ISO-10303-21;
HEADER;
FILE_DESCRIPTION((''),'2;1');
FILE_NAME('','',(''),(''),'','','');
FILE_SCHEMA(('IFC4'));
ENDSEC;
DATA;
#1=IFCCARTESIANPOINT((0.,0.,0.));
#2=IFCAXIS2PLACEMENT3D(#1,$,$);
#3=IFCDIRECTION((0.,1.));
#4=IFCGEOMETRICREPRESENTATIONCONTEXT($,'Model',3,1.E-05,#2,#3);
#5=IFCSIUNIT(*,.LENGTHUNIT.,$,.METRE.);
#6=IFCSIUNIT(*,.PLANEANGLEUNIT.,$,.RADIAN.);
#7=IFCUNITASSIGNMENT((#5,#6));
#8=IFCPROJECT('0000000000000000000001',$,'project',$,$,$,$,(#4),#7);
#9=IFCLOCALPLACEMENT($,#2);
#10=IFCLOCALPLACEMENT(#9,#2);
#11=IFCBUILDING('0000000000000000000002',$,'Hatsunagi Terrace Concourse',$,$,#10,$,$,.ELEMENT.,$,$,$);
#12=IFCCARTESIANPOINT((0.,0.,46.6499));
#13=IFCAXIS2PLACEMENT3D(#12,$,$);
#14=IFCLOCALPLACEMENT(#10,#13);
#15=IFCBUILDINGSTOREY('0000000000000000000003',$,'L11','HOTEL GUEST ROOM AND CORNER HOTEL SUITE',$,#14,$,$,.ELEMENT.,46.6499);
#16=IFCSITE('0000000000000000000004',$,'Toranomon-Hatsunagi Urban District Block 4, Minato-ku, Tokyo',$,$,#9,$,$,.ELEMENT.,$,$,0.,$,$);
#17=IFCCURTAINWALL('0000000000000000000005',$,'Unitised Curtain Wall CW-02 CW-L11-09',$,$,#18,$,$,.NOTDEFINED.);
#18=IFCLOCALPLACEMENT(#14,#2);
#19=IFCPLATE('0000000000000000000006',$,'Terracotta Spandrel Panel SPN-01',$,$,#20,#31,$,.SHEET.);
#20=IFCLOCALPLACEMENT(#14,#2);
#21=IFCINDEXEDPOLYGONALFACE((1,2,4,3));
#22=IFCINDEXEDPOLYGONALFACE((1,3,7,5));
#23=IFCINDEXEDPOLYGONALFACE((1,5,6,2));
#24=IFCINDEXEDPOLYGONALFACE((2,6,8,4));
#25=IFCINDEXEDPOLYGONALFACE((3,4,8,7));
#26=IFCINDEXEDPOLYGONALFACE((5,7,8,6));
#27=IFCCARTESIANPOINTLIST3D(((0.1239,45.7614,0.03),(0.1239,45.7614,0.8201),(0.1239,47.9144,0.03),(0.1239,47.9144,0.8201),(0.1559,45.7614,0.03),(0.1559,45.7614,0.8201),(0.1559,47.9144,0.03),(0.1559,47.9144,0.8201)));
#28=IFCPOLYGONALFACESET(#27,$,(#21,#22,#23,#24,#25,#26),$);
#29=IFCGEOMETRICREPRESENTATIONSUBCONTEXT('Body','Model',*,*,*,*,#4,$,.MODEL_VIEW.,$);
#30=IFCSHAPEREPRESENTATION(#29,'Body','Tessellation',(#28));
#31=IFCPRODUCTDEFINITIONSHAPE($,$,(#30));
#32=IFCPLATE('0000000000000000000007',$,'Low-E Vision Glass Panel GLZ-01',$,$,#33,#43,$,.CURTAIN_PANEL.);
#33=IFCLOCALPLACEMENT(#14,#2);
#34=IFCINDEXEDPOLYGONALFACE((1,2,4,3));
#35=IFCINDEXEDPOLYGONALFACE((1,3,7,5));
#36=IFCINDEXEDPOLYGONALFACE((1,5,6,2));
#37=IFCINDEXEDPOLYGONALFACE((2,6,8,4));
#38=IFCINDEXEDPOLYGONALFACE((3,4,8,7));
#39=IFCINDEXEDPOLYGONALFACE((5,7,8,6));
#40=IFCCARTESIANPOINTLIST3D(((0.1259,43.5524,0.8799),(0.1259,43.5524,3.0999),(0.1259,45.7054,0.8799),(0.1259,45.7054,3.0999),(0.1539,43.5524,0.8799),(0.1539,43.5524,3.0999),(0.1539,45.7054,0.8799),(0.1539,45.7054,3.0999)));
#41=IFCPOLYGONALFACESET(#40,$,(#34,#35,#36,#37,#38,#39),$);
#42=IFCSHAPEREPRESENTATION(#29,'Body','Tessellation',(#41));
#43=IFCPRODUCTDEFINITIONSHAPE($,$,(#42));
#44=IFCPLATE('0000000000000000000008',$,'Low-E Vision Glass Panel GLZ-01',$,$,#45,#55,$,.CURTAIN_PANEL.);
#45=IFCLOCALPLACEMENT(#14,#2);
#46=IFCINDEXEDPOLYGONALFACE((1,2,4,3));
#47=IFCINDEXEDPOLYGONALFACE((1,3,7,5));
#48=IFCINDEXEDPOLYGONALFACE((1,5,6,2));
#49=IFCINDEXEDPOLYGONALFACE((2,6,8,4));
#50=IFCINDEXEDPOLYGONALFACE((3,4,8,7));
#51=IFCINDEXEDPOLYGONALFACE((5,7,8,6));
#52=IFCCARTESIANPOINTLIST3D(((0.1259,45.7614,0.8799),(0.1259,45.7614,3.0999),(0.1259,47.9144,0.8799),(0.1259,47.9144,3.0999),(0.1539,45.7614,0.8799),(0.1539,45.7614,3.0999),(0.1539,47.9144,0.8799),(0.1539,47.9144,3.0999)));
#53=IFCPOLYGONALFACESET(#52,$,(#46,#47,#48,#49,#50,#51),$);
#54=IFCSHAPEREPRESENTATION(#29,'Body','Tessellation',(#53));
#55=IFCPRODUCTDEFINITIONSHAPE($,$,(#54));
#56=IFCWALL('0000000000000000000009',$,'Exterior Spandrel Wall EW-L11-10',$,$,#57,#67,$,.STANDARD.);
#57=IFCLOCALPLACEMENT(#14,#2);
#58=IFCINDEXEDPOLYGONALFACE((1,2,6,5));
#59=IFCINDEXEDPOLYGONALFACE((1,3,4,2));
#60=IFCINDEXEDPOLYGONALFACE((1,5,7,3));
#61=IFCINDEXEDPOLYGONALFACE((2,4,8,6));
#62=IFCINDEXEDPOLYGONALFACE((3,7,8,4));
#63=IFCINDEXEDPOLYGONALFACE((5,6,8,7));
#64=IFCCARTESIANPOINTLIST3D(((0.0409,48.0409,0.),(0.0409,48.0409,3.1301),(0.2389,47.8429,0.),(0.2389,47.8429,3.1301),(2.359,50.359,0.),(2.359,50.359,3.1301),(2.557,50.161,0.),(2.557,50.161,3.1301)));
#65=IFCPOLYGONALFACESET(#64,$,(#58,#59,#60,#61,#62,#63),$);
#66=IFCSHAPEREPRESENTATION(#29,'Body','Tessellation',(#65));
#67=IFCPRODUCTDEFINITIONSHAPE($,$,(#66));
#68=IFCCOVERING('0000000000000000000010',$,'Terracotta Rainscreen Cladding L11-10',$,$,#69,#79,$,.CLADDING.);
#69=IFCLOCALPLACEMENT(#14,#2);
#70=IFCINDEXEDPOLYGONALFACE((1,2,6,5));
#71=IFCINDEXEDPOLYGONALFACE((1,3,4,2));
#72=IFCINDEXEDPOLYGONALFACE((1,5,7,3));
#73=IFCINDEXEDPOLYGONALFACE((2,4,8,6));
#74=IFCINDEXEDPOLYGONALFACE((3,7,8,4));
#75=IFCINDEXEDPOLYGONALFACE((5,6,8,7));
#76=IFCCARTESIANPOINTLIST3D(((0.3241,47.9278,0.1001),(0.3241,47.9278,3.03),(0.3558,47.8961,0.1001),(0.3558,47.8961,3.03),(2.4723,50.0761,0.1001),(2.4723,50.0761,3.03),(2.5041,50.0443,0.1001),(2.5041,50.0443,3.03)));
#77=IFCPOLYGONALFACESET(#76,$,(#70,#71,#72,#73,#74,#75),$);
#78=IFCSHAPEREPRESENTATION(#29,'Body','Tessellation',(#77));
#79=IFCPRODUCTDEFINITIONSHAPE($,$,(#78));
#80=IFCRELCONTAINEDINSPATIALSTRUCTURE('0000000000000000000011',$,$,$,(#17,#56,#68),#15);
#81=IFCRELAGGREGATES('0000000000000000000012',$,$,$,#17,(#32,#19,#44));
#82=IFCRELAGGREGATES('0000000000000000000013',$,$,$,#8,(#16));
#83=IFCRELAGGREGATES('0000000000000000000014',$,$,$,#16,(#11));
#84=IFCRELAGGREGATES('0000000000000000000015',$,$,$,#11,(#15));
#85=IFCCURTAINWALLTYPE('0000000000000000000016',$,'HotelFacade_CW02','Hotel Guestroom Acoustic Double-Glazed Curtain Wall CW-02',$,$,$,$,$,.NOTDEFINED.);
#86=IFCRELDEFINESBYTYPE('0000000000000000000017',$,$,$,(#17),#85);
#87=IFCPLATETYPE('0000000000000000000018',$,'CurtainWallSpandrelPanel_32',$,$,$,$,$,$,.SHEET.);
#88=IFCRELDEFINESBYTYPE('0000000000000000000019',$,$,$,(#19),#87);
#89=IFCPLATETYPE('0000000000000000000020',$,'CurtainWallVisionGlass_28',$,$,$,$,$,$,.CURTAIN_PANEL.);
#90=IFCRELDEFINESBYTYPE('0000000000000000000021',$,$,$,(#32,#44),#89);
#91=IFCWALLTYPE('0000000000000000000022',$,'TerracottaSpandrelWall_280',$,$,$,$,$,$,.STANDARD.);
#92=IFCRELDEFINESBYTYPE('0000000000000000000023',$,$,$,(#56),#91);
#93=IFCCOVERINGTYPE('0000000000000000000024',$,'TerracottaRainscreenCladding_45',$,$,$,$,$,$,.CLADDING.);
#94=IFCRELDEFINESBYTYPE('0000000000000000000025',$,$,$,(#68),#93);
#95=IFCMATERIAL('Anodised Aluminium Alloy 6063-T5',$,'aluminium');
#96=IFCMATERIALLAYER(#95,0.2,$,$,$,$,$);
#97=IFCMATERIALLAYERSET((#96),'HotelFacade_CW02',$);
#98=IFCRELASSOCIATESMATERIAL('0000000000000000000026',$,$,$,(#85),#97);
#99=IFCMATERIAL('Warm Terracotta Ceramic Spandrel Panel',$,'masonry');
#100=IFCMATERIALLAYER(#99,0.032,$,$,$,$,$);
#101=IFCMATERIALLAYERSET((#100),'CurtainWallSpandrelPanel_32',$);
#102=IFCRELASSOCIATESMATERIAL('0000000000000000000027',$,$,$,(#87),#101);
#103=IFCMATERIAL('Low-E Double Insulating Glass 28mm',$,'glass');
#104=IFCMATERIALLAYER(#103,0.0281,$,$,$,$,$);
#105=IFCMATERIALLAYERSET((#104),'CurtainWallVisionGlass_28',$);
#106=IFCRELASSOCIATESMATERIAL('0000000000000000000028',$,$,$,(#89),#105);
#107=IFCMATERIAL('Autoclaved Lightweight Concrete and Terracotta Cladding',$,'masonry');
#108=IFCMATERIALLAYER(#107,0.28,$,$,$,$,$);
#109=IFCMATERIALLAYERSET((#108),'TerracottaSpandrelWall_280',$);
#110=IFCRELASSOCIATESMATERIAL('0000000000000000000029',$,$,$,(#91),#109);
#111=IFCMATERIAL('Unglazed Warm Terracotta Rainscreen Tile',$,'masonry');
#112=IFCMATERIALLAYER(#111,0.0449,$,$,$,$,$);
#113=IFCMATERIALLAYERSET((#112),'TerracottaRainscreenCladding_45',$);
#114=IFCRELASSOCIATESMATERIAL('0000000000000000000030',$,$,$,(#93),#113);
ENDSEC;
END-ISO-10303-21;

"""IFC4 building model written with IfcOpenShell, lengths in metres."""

from ifc_helpers import new_model, si_unit, direction, frame, frame_2d, origin, origin_2d, place, context, subcontext, project, spatial, rectangle, extrude, material, layer, layer_set, type_object, element, aggregate, save


model = new_model("IFC4")

# Units and contexts
model_context = context("Model", 3, precision=1e-05, world=origin(), true_north=direction((0.0, 1.0)))
body_context = subcontext(model_context, "Body", "Model", "MODEL_VIEW")
ifc_project = project(units=[si_unit("LENGTHUNIT", "METRE"), si_unit("PLANEANGLEUNIT", "RADIAN")], contexts=[model_context])

# Site, building, storey
site_placement = place(None, origin())
site = spatial("IfcSite", under=ifc_project, at=site_placement, Name="Toranomon-Hatsunagi Urban District Block 4, Minato-ku, Tokyo", CompositionType="ELEMENT", RefElevation=0.0)
building_placement = place(site_placement, origin())
building = spatial("IfcBuilding", under=site, at=building_placement, Name="Hatsunagi Terrace Concourse", CompositionType="ELEMENT")
storey_placement = place(building_placement, frame((0.0, 0.0, 46.6499)))
storey = spatial("IfcBuildingStorey", under=building, at=storey_placement, Name="L11", Description="HOTEL GUEST ROOM AND CORNER HOTEL SUITE", CompositionType="ELEMENT", Elevation=46.6499)

# Curtain wall
ifc_material_1 = material(Name="Anodised Aluminium Alloy 6063-T5", Category="aluminium")
ifc_layer_1 = layer(ifc_material_1, 0.2)
ifc_layer_set_1 = layer_set([ifc_layer_1], Name="HotelFacade_CW02")
curtain_wall_type = type_object("IfcCurtainWallType", Name="HotelFacade_CW02", Description="Hotel Guestroom Acoustic Double-Glazed Curtain Wall CW-02", PredefinedType="NOTDEFINED", material=ifc_layer_set_1)
curtain_wall_placement = place(storey_placement, origin())
curtain_wall = element("IfcCurtainWall", 1, at=curtain_wall_placement, inside=storey, type_object=curtain_wall_type, Name="Unitised Curtain Wall CW-02 CW-L11-09", PredefinedType="NOTDEFINED")

# Plates
ifc_material_2 = material(Name="Warm Terracotta Ceramic Spandrel Panel", Category="masonry")
ifc_layer_2 = layer(ifc_material_2, 0.032)
ifc_layer_set_2 = layer_set([ifc_layer_2], Name="CurtainWallSpandrelPanel_32")
plate_type_1 = type_object("IfcPlateType", Name="CurtainWallSpandrelPanel_32", PredefinedType="SHEET", material=ifc_layer_set_2)
plate_1_placement = place(storey_placement, frame((0.1399, 46.8379, 0.03), z_axis=(0.0, 0.0, 1.0), x_axis=(0.0, 1.0, 0.0)))
plate_1 = element("IfcPlate", 2, at=plate_1_placement, type_object=plate_type_1, Name="Terracotta Spandrel Panel SPN-01", PredefinedType="SHEET", context=body_context, shape_type="SweptSolid", body=[
    extrude(rectangle(XDim=2.1531, YDim=0.032, at=origin_2d()), origin(), (0.0, 0.0, 1.0), 0.79),
])
ifc_material_3 = material(Name="Low-E Double Insulating Glass 28mm", Category="glass")
ifc_layer_3 = layer(ifc_material_3, 0.0281)
ifc_layer_set_3 = layer_set([ifc_layer_3], Name="CurtainWallVisionGlass_28")
plate_type_2 = type_object("IfcPlateType", Name="CurtainWallVisionGlass_28", PredefinedType="CURTAIN_PANEL", material=ifc_layer_set_3)
plate_2_placement = place(storey_placement, frame((0.1399, 44.6289, 0.8799), z_axis=(0.0, 0.0, 1.0), x_axis=(0.0, 1.0, 0.0)))
plate_2 = element("IfcPlate", 3, at=plate_2_placement, type_object=plate_type_2, Name="Low-E Vision Glass Panel GLZ-01", PredefinedType="CURTAIN_PANEL", context=body_context, shape_type="SweptSolid", body=[
    extrude(rectangle(XDim=2.1531, YDim=0.0281, at=origin_2d()), origin(), (0.0, 0.0, 1.0), 2.22),
])
plate_3_placement = place(storey_placement, frame((0.1399, 46.8379, 0.8799), z_axis=(0.0, 0.0, 1.0), x_axis=(0.0, 1.0, 0.0)))
plate_3 = element("IfcPlate", 4, at=plate_3_placement, type_object=plate_type_2, Name="Low-E Vision Glass Panel GLZ-01", PredefinedType="CURTAIN_PANEL", context=body_context, shape_type="SweptSolid", body=[
    extrude(rectangle(XDim=2.1531, YDim=0.0281, at=origin_2d()), origin(), (0.0, 0.0, 1.0), 2.22),
])
aggregate(curtain_wall, [plate_2, plate_1, plate_3])

# Wall
ifc_material_4 = material(Name="Autoclaved Lightweight Concrete and Terracotta Cladding", Category="masonry")
ifc_layer_4 = layer(ifc_material_4, 0.28)
ifc_layer_set_4 = layer_set([ifc_layer_4], Name="TerracottaSpandrelWall_280")
wall_type = type_object("IfcWallType", Name="TerracottaSpandrelWall_280", PredefinedType="STANDARD", material=ifc_layer_set_4)
wall_1_placement = place(storey_placement, frame((0.1399, 47.9419, 0.0), z_axis=(0.0, 0.0, 1.0), x_axis=(0.707107, 0.707107, 0.0)))
element("IfcWall", 5, at=wall_1_placement, inside=storey, type_object=wall_type, Name="Exterior Spandrel Wall EW-L11-10", PredefinedType="STANDARD", context=body_context, shape_type="SweptSolid", body=[
    extrude(rectangle(XDim=3.2783, YDim=0.28, at=frame_2d((1.6392, 0.0))), origin(), (0.0, 0.0, 1.0), 3.1301),
])

# Covering
ifc_material_5 = material(Name="Unglazed Warm Terracotta Rainscreen Tile", Category="masonry")
ifc_layer_5 = layer(ifc_material_5, 0.0449)
ifc_layer_set_5 = layer_set([ifc_layer_5], Name="TerracottaRainscreenCladding_45")
covering_type = type_object("IfcCoveringType", Name="TerracottaRainscreenCladding_45", PredefinedType="CLADDING", material=ifc_layer_set_5)
covering_placement = place(storey_placement, frame((1.4141, 48.9861, 0.1001), z_axis=(0.0, 0.0, 1.0), x_axis=(0.707107, 0.707107, 0.0)))
element("IfcCovering", 6, at=covering_placement, inside=storey, type_object=covering_type, Name="Terracotta Rainscreen Cladding L11-10", PredefinedType="CLADDING", context=body_context, shape_type="SweptSolid", body=[
    extrude(rectangle(XDim=3.0381, YDim=0.0449, at=origin_2d()), origin(), (0.0, 0.0, 1.0), 2.9299),
])

save(model, "model.ifc")
